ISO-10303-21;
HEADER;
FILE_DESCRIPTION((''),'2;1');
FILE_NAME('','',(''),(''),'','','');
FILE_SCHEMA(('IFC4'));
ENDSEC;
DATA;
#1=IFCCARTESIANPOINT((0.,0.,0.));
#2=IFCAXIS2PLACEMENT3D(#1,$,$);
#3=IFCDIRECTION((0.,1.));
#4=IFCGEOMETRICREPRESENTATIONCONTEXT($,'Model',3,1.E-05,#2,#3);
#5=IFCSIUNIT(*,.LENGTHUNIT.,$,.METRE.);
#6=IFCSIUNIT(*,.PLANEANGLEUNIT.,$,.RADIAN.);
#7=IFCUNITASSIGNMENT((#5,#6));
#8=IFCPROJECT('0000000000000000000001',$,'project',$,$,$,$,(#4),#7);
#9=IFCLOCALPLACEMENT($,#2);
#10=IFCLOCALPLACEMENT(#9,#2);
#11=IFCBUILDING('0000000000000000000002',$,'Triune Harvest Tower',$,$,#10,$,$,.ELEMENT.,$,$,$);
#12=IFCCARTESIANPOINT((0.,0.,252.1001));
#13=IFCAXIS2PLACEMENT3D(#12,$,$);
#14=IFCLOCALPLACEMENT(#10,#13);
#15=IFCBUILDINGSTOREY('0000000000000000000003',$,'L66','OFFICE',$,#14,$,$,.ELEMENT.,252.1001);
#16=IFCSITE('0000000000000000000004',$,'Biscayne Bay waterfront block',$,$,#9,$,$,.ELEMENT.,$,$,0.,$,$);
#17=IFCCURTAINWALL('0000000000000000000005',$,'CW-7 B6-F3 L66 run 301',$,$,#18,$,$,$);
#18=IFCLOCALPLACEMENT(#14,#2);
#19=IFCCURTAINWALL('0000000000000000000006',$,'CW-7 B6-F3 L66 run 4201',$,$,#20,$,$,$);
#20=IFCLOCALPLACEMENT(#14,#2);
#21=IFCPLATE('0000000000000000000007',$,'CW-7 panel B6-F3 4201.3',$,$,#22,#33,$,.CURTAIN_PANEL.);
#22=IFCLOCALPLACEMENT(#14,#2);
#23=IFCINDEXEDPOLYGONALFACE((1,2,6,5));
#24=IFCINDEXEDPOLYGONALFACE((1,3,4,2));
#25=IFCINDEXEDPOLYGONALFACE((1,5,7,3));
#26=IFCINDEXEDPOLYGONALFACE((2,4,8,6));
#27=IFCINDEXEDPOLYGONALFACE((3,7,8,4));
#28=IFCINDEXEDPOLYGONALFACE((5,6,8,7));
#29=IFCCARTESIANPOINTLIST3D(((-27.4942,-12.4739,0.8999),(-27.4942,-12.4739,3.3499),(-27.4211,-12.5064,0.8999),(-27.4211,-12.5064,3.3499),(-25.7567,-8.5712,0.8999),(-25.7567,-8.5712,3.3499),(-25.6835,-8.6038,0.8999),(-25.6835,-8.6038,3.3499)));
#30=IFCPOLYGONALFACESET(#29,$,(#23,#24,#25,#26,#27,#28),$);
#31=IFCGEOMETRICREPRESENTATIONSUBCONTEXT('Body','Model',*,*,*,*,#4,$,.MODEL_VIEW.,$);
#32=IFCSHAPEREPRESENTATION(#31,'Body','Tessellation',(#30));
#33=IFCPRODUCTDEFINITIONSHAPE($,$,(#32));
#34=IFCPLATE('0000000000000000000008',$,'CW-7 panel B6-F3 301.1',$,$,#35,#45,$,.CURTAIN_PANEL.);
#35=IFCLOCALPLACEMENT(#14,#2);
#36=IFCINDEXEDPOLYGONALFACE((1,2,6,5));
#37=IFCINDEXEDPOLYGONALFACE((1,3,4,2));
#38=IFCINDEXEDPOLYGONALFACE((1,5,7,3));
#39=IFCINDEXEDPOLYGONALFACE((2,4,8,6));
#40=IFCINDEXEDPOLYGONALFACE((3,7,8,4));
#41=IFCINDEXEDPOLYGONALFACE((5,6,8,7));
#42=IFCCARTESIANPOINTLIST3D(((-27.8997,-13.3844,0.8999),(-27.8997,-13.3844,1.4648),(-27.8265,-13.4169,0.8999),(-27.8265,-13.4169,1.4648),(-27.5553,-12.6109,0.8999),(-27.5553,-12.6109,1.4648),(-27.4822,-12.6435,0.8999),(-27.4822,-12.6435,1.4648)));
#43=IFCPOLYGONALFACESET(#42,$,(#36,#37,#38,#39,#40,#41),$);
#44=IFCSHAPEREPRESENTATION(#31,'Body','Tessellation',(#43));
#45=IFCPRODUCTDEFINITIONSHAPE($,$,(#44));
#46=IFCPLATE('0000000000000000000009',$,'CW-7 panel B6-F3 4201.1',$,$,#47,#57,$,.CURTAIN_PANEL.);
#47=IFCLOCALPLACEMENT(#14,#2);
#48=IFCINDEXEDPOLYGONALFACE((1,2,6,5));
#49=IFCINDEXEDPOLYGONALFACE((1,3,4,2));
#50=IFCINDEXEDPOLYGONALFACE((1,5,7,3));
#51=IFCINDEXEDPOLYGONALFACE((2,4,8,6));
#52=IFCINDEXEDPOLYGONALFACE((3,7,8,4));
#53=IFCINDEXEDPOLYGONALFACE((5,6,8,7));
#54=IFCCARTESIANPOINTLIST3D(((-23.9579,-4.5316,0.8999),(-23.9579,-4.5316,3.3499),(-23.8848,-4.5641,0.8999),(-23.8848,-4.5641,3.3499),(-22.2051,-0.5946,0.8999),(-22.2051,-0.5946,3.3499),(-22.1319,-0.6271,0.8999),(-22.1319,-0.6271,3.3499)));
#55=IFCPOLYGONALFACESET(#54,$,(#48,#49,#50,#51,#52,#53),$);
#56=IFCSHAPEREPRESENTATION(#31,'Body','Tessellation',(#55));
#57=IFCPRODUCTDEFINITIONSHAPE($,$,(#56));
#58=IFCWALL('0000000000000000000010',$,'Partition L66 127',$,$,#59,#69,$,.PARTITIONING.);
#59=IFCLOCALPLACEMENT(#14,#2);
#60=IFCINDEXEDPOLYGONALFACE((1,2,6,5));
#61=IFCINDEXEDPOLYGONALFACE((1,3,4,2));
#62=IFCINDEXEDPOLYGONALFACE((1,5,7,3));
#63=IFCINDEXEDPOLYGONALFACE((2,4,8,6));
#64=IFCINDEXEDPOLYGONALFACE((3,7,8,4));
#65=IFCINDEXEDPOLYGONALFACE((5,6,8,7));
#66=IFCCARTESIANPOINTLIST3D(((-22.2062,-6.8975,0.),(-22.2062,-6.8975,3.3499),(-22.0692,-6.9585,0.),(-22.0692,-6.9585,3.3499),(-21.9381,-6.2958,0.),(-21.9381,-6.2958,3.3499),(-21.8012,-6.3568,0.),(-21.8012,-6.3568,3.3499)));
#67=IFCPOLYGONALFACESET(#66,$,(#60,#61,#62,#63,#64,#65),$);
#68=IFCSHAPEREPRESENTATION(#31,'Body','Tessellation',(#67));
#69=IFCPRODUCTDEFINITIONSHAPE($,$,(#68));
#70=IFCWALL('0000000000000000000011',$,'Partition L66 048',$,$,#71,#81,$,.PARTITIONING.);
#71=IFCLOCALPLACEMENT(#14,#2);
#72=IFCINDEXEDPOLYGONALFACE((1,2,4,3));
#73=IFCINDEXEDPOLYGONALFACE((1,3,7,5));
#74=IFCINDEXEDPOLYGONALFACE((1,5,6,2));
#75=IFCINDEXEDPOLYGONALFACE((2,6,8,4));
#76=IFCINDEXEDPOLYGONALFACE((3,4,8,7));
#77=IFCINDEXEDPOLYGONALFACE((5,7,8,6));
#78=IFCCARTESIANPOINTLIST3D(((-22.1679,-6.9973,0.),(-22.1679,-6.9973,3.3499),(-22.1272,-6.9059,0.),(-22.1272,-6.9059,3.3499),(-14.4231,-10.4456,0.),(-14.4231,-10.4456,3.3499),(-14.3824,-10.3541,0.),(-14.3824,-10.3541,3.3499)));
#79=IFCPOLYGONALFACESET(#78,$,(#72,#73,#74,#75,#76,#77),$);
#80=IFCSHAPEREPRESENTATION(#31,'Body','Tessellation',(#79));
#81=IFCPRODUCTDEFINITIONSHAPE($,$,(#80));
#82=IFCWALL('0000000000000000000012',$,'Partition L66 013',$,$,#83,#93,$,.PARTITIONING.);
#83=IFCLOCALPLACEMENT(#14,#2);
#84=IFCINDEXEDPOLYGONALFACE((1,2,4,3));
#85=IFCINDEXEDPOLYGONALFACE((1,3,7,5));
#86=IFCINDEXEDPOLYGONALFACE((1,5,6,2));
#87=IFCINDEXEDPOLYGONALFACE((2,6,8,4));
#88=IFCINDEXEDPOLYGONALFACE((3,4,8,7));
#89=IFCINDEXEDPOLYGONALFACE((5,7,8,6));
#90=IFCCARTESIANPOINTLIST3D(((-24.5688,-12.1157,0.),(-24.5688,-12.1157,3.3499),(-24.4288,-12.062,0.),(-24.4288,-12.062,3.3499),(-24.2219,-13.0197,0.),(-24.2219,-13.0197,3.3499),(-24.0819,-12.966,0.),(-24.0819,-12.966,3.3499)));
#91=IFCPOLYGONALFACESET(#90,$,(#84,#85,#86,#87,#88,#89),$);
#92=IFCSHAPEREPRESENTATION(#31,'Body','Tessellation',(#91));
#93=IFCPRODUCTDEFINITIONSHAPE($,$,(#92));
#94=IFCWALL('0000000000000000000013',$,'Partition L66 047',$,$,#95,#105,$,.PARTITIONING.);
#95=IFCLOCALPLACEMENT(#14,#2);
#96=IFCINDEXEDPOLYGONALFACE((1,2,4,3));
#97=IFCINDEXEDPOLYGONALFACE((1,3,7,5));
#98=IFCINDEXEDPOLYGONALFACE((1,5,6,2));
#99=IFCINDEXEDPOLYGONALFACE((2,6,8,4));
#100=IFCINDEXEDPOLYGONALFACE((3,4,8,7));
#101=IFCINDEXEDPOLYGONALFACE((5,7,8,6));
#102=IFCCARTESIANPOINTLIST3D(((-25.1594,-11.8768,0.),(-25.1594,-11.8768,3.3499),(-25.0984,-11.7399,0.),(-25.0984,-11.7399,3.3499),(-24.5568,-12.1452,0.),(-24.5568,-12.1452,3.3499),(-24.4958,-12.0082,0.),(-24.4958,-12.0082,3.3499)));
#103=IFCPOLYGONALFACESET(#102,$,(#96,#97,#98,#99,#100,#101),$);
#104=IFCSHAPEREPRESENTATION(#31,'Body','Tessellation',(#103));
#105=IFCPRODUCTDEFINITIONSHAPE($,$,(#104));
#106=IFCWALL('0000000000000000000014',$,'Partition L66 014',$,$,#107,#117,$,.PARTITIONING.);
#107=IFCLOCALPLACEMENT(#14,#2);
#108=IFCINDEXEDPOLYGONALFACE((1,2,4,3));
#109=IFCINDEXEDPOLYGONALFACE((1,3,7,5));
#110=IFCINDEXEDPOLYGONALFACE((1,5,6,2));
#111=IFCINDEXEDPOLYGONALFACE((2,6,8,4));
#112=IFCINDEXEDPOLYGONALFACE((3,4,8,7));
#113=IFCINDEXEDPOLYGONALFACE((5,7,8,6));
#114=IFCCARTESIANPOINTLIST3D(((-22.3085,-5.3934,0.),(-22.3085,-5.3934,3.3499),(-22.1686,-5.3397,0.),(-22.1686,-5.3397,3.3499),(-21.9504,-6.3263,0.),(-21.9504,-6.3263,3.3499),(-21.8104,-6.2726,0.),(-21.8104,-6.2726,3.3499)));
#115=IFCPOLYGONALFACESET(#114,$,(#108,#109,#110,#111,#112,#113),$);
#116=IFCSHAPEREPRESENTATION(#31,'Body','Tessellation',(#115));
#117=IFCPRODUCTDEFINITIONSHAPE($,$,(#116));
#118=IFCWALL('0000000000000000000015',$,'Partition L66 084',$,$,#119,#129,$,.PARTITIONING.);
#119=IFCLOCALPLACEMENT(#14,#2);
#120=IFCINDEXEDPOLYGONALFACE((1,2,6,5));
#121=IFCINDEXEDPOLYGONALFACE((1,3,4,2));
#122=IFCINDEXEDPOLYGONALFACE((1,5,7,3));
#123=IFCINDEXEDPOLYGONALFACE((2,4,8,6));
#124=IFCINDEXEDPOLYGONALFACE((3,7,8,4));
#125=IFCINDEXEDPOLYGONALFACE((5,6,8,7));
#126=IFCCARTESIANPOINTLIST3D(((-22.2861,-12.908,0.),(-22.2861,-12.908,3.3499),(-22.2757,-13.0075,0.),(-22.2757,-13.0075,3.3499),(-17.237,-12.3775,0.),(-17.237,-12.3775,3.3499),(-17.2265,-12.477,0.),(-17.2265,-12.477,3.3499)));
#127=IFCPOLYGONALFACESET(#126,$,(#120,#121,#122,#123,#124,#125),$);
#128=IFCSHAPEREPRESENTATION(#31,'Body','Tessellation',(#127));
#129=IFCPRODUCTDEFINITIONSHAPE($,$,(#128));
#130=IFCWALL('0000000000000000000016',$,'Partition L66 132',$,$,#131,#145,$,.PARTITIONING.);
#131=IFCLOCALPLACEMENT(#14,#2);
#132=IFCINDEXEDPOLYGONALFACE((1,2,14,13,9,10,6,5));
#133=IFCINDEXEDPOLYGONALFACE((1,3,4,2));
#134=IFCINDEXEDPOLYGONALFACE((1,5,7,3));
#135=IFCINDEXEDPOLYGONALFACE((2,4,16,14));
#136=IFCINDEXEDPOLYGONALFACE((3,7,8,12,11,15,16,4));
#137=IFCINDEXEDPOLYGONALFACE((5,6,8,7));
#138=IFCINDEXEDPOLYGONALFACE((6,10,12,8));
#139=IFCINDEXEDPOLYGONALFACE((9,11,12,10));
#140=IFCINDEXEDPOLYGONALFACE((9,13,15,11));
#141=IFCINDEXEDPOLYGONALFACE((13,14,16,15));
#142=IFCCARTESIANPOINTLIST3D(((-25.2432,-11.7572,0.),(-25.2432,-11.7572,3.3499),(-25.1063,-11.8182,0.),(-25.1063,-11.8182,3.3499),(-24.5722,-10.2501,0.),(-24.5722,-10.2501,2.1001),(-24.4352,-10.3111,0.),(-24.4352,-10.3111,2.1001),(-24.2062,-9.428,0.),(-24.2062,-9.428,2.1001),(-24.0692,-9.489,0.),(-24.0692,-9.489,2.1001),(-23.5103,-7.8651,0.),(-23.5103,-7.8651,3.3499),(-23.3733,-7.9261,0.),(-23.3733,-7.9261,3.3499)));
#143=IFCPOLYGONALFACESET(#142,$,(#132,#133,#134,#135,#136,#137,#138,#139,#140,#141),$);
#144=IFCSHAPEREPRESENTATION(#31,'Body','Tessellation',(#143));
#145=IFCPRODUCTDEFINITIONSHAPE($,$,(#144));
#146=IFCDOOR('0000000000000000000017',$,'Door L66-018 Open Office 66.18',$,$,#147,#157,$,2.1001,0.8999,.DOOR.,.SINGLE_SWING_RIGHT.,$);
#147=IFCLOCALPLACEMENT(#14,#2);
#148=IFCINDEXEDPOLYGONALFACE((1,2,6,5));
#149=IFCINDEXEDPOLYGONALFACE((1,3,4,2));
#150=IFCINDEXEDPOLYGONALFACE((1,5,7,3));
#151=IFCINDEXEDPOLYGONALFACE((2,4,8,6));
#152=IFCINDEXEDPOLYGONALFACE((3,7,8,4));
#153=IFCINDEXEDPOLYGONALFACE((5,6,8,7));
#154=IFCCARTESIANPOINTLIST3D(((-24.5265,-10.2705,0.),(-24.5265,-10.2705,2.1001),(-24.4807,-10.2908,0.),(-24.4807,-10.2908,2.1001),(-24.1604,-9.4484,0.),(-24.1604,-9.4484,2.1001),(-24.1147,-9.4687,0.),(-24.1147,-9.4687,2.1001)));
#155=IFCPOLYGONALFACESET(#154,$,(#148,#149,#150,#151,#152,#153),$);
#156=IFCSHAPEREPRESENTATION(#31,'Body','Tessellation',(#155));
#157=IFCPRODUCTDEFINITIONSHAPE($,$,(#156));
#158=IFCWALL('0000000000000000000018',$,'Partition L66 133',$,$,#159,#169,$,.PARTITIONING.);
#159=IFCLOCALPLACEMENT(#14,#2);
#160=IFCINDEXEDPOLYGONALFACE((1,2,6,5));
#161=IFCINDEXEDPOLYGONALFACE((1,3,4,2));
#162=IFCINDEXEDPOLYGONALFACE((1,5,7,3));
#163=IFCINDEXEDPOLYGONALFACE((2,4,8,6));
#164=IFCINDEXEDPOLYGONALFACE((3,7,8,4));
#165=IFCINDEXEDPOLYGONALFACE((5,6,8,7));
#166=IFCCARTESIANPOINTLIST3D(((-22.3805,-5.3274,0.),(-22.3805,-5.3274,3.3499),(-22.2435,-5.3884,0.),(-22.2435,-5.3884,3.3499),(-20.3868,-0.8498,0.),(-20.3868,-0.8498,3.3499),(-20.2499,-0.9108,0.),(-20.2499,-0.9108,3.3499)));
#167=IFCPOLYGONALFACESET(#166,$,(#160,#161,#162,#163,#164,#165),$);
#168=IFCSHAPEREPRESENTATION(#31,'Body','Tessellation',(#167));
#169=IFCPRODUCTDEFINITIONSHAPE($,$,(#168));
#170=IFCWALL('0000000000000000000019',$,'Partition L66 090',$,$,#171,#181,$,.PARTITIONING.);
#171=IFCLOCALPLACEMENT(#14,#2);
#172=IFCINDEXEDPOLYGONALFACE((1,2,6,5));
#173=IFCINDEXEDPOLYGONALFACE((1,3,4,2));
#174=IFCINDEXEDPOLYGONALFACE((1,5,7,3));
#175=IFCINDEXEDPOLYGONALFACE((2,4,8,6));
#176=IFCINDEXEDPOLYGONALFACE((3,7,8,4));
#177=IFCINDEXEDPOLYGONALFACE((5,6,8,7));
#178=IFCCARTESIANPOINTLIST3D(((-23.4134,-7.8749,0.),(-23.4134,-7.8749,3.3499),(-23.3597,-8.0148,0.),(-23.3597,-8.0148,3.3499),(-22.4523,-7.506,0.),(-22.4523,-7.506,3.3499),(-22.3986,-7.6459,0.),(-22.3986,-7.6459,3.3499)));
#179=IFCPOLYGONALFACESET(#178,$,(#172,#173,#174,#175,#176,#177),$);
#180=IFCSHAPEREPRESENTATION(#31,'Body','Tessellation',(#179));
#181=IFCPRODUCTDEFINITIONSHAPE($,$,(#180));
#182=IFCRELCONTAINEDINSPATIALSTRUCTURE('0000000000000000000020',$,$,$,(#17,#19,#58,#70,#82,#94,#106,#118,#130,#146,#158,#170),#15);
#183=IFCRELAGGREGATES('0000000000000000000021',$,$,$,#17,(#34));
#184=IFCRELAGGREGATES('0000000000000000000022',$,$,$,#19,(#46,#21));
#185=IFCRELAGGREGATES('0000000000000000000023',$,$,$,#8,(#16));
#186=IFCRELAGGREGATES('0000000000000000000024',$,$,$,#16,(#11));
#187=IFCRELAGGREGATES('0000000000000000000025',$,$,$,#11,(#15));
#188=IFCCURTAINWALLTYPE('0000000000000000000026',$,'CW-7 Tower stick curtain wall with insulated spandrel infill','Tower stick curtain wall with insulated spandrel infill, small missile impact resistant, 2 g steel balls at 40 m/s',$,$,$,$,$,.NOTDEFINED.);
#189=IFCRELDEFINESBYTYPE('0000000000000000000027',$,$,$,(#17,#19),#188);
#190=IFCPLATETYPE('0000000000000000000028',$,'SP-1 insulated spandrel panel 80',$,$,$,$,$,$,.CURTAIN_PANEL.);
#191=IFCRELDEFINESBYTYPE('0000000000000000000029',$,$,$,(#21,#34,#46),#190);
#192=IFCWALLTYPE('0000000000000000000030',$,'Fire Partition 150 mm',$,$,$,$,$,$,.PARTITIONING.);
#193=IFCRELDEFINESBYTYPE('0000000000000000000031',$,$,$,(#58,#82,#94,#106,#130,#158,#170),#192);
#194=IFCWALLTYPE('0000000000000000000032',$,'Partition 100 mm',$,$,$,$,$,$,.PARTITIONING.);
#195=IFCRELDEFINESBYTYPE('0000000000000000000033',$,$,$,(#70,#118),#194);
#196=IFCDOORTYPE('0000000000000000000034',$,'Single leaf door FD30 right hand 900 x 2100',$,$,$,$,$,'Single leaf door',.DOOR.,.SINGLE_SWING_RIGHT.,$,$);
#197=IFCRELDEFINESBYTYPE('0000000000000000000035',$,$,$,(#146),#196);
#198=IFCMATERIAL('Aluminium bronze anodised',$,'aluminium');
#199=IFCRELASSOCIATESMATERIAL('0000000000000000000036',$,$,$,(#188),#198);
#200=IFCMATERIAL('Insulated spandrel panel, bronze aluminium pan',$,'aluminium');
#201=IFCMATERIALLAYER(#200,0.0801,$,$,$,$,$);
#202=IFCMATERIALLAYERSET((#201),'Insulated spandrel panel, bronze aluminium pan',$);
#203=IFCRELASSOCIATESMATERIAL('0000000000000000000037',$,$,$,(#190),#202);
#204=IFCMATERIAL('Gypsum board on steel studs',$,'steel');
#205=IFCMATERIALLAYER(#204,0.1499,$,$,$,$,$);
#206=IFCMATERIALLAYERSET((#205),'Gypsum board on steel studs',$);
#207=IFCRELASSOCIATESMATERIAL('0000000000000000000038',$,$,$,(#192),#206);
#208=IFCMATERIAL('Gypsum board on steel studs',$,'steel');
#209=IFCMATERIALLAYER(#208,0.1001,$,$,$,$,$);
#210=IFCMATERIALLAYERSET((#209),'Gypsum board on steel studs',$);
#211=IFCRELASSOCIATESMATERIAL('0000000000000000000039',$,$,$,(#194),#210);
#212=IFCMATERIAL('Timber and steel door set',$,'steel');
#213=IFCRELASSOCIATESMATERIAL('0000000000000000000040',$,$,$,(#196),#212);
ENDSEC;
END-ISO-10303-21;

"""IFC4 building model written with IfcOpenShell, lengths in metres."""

from ifc_helpers import new_model, si_unit, direction, frame, frame_2d, origin, origin_2d, place, context, subcontext, project, spatial, rectangle, extrude, source, transform, mapped, material, layer, layer_set, type_object, element, fill, aggregate, save


model = new_model("IFC4")

# Units and contexts
model_context = context("Model", 3, precision=1e-05, world=origin(), true_north=direction((0.0, 1.0)))
body_context = subcontext(model_context, "Body", "Model", "MODEL_VIEW")
ifc_project = project(units=[si_unit("LENGTHUNIT", "METRE"), si_unit("PLANEANGLEUNIT", "RADIAN")], contexts=[model_context])

# Site, building, storey
site_placement = place(None, origin())
site = spatial("IfcSite", under=ifc_project, at=site_placement, Name="Biscayne Bay waterfront block", CompositionType="ELEMENT", RefElevation=0.0)
building_placement = place(site_placement, origin())
building = spatial("IfcBuilding", under=site, at=building_placement, Name="Triune Harvest Tower", CompositionType="ELEMENT")
storey_placement = place(building_placement, frame((0.0, 0.0, 252.1001)))
storey = spatial("IfcBuildingStorey", under=building, at=storey_placement, Name="L66", Description="OFFICE", CompositionType="ELEMENT", Elevation=252.1001)

# Curtain wall
ifc_material_1 = material(Name="Aluminium bronze anodised", Category="aluminium")
curtain_wall_type_1 = type_object("IfcCurtainWallType", Name="CW-7 Tower stick curtain wall with insulated spandrel infill", Description="Tower stick curtain wall with insulated spandrel infill, small missile impact resistant, 2 g steel balls at 40 m/s", PredefinedType="NOTDEFINED", material=ifc_material_1)
curtain_wall_1_placement = place(storey_placement, origin())
curtain_wall_1 = element("IfcCurtainWall", 1, at=curtain_wall_1_placement, inside=storey, type_object=curtain_wall_type_1, Name="CW-7 B6-F3 L66 run 301")

# Curtain wall
curtain_wall_2_placement = place(storey_placement, origin())
curtain_wall_2 = element("IfcCurtainWall", 2, at=curtain_wall_2_placement, inside=storey, type_object=curtain_wall_type_1, Name="CW-7 B6-F3 L66 run 4201")

# Plates
ifc_material_2 = material(Name="Insulated spandrel panel, bronze aluminium pan", Category="aluminium")
ifc_layer_1 = layer(ifc_material_2, 0.0801)
ifc_layer_set_1 = layer_set([ifc_layer_1], Name="Insulated spandrel panel, bronze aluminium pan")
plate_type_1 = type_object("IfcPlateType", Name="SP-1 insulated spandrel panel 80", PredefinedType="CURTAIN_PANEL", material=ifc_layer_set_1)
plate_1_placement = place(storey_placement, frame((-26.5889, -10.5388, 0.8999), z_axis=(0.0, 0.0, 1.0), x_axis=(-0.40674, -0.913544, 0.0)))
plate_1 = element("IfcPlate", 3, at=plate_1_placement, type_object=plate_type_1, Name="CW-7 panel B6-F3 4201.3", PredefinedType="CURTAIN_PANEL", context=body_context, shape_type="SweptSolid", body=[
    extrude(rectangle(XDim=4.272, YDim=0.0801, at=origin_2d()), origin(), (0.0, 0.0, 1.0), 2.45),
])
plate_2_placement = place(storey_placement, frame((-27.6909, -13.0139, 0.8999), z_axis=(0.0, 0.0, 1.0), x_axis=(-0.406716, -0.913555, 0.0)))
plate_2 = element("IfcPlate", 4, at=plate_2_placement, type_object=plate_type_1, Name="CW-7 panel B6-F3 301.1", PredefinedType="CURTAIN_PANEL", context=body_context, shape_type="SweptSolid", body=[
    extrude(rectangle(XDim=0.8467, YDim=0.0801, at=origin_2d()), origin(), (0.0, 0.0, 1.0), 0.5649),
])
aggregate(curtain_wall_1, [plate_2])
shared_shape_1 = source(origin(), body_context, "Body", "SweptSolid", [
    extrude(rectangle(XDim=4.3096, YDim=0.0801, at=origin_2d()), origin(), (0.0, 0.0, 1.0), 2.45),
])
plate_3_placement = place(storey_placement, frame((-23.0449, -2.5793, 0.8999), z_axis=(0.0, 0.0, 1.0), x_axis=(-0.40674, -0.913544, 0.0)))
plate_3 = element("IfcPlate", 5, at=plate_3_placement, type_object=plate_type_1, Name="CW-7 panel B6-F3 4201.1", PredefinedType="CURTAIN_PANEL", context=body_context, shape_type="MappedRepresentation", body=[
    mapped(shared_shape_1, transform((0.0, 0.0, 0.0), scale=1.0)),
])
aggregate(curtain_wall_2, [plate_3, plate_1])

# Walls
ifc_material_3 = material(Name="Gypsum board on steel studs", Category="steel")
ifc_layer_2 = layer(ifc_material_3, 0.1499)
ifc_layer_set_2 = layer_set([ifc_layer_2], Name="Gypsum board on steel studs")
wall_type_1 = type_object("IfcWallType", Name="Fire Partition 150 mm", PredefinedType="PARTITIONING", material=ifc_layer_set_2)
wall_1_placement = place(storey_placement, frame((-22.1377, -6.928, 0.0), z_axis=(0.0, 0.0, 1.0), x_axis=(0.406895, 0.913475, 0.0)))
element("IfcWall", 6, at=wall_1_placement, inside=storey, type_object=wall_type_1, Name="Partition L66 127", PredefinedType="PARTITIONING", context=body_context, shape_type="SweptSolid", body=[
    extrude(rectangle(XDim=0.6587, YDim=0.1499, at=frame_2d((0.3293, 0.0))), origin(), (0.0, 0.0, 1.0), 3.3499),
])
ifc_material_4 = material(Name="Gypsum board on steel studs", Category="steel")
ifc_layer_3 = layer(ifc_material_4, 0.1001)
ifc_layer_set_3 = layer_set([ifc_layer_3], Name="Gypsum board on steel studs")
wall_type_2 = type_object("IfcWallType", Name="Partition 100 mm", PredefinedType="PARTITIONING", material=ifc_layer_set_3)
wall_2_placement = place(storey_placement, frame((-22.1475, -6.9517, 0.0), z_axis=(0.0, 0.0, 1.0), x_axis=(0.913545, -0.406737, 0.0)))
element("IfcWall", 7, at=wall_2_placement, inside=storey, type_object=wall_type_2, Name="Partition L66 048", PredefinedType="PARTITIONING", context=body_context, shape_type="SweptSolid", body=[
    extrude(rectangle(XDim=8.4778, YDim=0.1001, at=frame_2d((4.2388, 0.0))), origin(), (0.0, 0.0, 1.0), 3.3499),
])
shared_shape_2 = source(origin(), body_context, "Body", "SweptSolid", [
    extrude(rectangle(XDim=0.9683, YDim=0.1499, at=frame_2d((0.4841, 0.0))), origin(), (0.0, 0.0, 1.0), 3.3499),
])
wall_3_placement = place(storey_placement, frame((-24.4988, -12.0889, 0.0), z_axis=(0.0, 0.0, 1.0), x_axis=(0.358269, -0.933618, 0.0)))
element("IfcWall", 8, at=wall_3_placement, inside=storey, type_object=wall_type_1, Name="Partition L66 013", PredefinedType="PARTITIONING", context=body_context, shape_type="MappedRepresentation", body=[
    mapped(shared_shape_2, transform((0.0, 0.0, 0.0), scale=1.0)),
])
shared_shape_3 = source(origin(), body_context, "Body", "SweptSolid", [
    extrude(rectangle(XDim=0.6597, YDim=0.1499, at=frame_2d((0.3298, 0.0))), origin(), (0.0, 0.0, 1.0), 3.3499),
])
wall_4_placement = place(storey_placement, frame((-25.1289, -11.8083, 0.0), z_axis=(0.0, 0.0, 1.0), x_axis=(0.913521, -0.406791, 0.0)))
element("IfcWall", 9, at=wall_4_placement, inside=storey, type_object=wall_type_1, Name="Partition L66 047", PredefinedType="PARTITIONING", context=body_context, shape_type="MappedRepresentation", body=[
    mapped(shared_shape_3, transform((0.0, 0.0, 0.0), scale=1.0)),
])
shared_shape_4 = source(origin(), body_context, "Body", "SweptSolid", [
    extrude(rectangle(XDim=0.9993, YDim=0.1499, at=frame_2d((0.4995, 0.0))), origin(), (0.0, 0.0, 1.0), 3.3499),
])
wall_5_placement = place(storey_placement, frame((-22.2385, -5.3667, 0.0), z_axis=(0.0, 0.0, 1.0), x_axis=(0.358422, -0.93356, 0.0)))
element("IfcWall", 10, at=wall_5_placement, inside=storey, type_object=wall_type_1, Name="Partition L66 014", PredefinedType="PARTITIONING", context=body_context, shape_type="MappedRepresentation", body=[
    mapped(shared_shape_4, transform((0.0, 0.0, 0.0), scale=1.0)),
])
shared_shape_5 = source(origin(), body_context, "Body", "SweptSolid", [
    extrude(rectangle(XDim=5.0769, YDim=0.1001, at=frame_2d((2.5386, 0.0))), origin(), (0.0, 0.0, 1.0), 3.3499),
])
wall_6_placement = place(storey_placement, frame((-22.281, -12.9578, 0.0), z_axis=(0.0, 0.0, 1.0), x_axis=(0.994525, 0.104497, 0.0)))
element("IfcWall", 11, at=wall_6_placement, inside=storey, type_object=wall_type_2, Name="Partition L66 084", PredefinedType="PARTITIONING", context=body_context, shape_type="MappedRepresentation", body=[
    mapped(shared_shape_5, transform((0.0, 0.0, 0.0), scale=1.0)),
])

# Wall, opening, door
shared_shape_6 = source(origin(), body_context, "Body", "SweptSolid", [
    extrude(rectangle(XDim=4.2605, YDim=0.1499, at=frame_2d((2.1304, 0.0))), origin(), (0.0, 0.0, 1.0), 3.3499),
])
wall_7_placement = place(storey_placement, frame((-25.1748, -11.7878, 0.0), z_axis=(0.0, 0.0, 1.0), x_axis=(0.406745, 0.913542, 0.0)))
wall_7 = element("IfcWall", 12, at=wall_7_placement, inside=storey, type_object=wall_type_1, Name="Partition L66 132", PredefinedType="PARTITIONING", context=body_context, shape_type="MappedRepresentation", body=[
    mapped(shared_shape_6, transform((0.0, 0.0, 0.0), scale=1.0)),
])
opening_placement = place(wall_7_placement, frame((1.6499, 0.0, 0.0)))
opening = element("IfcOpeningElement", 13, at=opening_placement, cuts=wall_7, PredefinedType="OPENING", context=body_context, shape_type="SweptSolid", body=[
    extrude(rectangle(XDim=0.8999, YDim=2.1001, at=frame_2d((0.45, 1.05))), frame((0.0, 0.085, 0.0), z_axis=(0.0, -1.0, 0.0), x_axis=(1.0, 0.0, 0.0)), (0.0, 0.0, 1.0), 0.1699),
])
ifc_material_5 = material(Name="Timber and steel door set", Category="steel")
door_type = type_object("IfcDoorType", Name="Single leaf door FD30 right hand 900 x 2100", ElementType="Single leaf door", OperationType="SINGLE_SWING_RIGHT", PredefinedType="DOOR", material=ifc_material_5)
door_placement = place(opening_placement, origin())
door = element("IfcDoor", 14, at=door_placement, inside=storey, type_object=door_type, Name="Door L66-018 Open Office 66.18", OperationType="SINGLE_SWING_RIGHT", OverallHeight=2.1001, OverallWidth=0.8999, PredefinedType="DOOR", context=body_context, shape_type="SweptSolid", body=[
    extrude(rectangle(XDim=0.8999, YDim=2.1001, at=frame_2d((0.45, 1.05))), frame((0.0, 0.0249, 0.0), z_axis=(0.0, -1.0, 0.0), x_axis=(1.0, 0.0, 0.0)), (0.0, 0.0, 1.0), 0.05),
])
fill(opening, door)

# Walls
shared_shape_7 = source(origin(), body_context, "Body", "SweptSolid", [
    extrude(rectangle(XDim=4.9014, YDim=0.1499, at=frame_2d((2.4507, 0.0))), origin(), (0.0, 0.0, 1.0), 3.3499),
])
wall_8_placement = place(storey_placement, frame((-22.312, -5.3579, 0.0), z_axis=(0.0, 0.0, 1.0), x_axis=(0.406758, 0.913536, 0.0)))
element("IfcWall", 15, at=wall_8_placement, inside=storey, type_object=wall_type_1, Name="Partition L66 133", PredefinedType="PARTITIONING", context=body_context, shape_type="MappedRepresentation", body=[
    mapped(shared_shape_7, transform((0.0, 0.0, 0.0), scale=1.0)),
])
shared_shape_8 = source(origin(), body_context, "Body", "SweptSolid", [
    extrude(rectangle(XDim=1.0295, YDim=0.1499, at=frame_2d((0.5146, 0.0))), origin(), (0.0, 0.0, 1.0), 3.3499),
])
wall_9_placement = place(storey_placement, frame((-23.3865, -7.9448, 0.0), z_axis=(0.0, 0.0, 1.0), x_axis=(0.933602, 0.358312, 0.0)))
element("IfcWall", 16, at=wall_9_placement, inside=storey, type_object=wall_type_1, Name="Partition L66 090", PredefinedType="PARTITIONING", context=body_context, shape_type="MappedRepresentation", body=[
    mapped(shared_shape_8, transform((0.0, 0.0, 0.0), scale=1.0)),
])

save(model, "model.ifc")
